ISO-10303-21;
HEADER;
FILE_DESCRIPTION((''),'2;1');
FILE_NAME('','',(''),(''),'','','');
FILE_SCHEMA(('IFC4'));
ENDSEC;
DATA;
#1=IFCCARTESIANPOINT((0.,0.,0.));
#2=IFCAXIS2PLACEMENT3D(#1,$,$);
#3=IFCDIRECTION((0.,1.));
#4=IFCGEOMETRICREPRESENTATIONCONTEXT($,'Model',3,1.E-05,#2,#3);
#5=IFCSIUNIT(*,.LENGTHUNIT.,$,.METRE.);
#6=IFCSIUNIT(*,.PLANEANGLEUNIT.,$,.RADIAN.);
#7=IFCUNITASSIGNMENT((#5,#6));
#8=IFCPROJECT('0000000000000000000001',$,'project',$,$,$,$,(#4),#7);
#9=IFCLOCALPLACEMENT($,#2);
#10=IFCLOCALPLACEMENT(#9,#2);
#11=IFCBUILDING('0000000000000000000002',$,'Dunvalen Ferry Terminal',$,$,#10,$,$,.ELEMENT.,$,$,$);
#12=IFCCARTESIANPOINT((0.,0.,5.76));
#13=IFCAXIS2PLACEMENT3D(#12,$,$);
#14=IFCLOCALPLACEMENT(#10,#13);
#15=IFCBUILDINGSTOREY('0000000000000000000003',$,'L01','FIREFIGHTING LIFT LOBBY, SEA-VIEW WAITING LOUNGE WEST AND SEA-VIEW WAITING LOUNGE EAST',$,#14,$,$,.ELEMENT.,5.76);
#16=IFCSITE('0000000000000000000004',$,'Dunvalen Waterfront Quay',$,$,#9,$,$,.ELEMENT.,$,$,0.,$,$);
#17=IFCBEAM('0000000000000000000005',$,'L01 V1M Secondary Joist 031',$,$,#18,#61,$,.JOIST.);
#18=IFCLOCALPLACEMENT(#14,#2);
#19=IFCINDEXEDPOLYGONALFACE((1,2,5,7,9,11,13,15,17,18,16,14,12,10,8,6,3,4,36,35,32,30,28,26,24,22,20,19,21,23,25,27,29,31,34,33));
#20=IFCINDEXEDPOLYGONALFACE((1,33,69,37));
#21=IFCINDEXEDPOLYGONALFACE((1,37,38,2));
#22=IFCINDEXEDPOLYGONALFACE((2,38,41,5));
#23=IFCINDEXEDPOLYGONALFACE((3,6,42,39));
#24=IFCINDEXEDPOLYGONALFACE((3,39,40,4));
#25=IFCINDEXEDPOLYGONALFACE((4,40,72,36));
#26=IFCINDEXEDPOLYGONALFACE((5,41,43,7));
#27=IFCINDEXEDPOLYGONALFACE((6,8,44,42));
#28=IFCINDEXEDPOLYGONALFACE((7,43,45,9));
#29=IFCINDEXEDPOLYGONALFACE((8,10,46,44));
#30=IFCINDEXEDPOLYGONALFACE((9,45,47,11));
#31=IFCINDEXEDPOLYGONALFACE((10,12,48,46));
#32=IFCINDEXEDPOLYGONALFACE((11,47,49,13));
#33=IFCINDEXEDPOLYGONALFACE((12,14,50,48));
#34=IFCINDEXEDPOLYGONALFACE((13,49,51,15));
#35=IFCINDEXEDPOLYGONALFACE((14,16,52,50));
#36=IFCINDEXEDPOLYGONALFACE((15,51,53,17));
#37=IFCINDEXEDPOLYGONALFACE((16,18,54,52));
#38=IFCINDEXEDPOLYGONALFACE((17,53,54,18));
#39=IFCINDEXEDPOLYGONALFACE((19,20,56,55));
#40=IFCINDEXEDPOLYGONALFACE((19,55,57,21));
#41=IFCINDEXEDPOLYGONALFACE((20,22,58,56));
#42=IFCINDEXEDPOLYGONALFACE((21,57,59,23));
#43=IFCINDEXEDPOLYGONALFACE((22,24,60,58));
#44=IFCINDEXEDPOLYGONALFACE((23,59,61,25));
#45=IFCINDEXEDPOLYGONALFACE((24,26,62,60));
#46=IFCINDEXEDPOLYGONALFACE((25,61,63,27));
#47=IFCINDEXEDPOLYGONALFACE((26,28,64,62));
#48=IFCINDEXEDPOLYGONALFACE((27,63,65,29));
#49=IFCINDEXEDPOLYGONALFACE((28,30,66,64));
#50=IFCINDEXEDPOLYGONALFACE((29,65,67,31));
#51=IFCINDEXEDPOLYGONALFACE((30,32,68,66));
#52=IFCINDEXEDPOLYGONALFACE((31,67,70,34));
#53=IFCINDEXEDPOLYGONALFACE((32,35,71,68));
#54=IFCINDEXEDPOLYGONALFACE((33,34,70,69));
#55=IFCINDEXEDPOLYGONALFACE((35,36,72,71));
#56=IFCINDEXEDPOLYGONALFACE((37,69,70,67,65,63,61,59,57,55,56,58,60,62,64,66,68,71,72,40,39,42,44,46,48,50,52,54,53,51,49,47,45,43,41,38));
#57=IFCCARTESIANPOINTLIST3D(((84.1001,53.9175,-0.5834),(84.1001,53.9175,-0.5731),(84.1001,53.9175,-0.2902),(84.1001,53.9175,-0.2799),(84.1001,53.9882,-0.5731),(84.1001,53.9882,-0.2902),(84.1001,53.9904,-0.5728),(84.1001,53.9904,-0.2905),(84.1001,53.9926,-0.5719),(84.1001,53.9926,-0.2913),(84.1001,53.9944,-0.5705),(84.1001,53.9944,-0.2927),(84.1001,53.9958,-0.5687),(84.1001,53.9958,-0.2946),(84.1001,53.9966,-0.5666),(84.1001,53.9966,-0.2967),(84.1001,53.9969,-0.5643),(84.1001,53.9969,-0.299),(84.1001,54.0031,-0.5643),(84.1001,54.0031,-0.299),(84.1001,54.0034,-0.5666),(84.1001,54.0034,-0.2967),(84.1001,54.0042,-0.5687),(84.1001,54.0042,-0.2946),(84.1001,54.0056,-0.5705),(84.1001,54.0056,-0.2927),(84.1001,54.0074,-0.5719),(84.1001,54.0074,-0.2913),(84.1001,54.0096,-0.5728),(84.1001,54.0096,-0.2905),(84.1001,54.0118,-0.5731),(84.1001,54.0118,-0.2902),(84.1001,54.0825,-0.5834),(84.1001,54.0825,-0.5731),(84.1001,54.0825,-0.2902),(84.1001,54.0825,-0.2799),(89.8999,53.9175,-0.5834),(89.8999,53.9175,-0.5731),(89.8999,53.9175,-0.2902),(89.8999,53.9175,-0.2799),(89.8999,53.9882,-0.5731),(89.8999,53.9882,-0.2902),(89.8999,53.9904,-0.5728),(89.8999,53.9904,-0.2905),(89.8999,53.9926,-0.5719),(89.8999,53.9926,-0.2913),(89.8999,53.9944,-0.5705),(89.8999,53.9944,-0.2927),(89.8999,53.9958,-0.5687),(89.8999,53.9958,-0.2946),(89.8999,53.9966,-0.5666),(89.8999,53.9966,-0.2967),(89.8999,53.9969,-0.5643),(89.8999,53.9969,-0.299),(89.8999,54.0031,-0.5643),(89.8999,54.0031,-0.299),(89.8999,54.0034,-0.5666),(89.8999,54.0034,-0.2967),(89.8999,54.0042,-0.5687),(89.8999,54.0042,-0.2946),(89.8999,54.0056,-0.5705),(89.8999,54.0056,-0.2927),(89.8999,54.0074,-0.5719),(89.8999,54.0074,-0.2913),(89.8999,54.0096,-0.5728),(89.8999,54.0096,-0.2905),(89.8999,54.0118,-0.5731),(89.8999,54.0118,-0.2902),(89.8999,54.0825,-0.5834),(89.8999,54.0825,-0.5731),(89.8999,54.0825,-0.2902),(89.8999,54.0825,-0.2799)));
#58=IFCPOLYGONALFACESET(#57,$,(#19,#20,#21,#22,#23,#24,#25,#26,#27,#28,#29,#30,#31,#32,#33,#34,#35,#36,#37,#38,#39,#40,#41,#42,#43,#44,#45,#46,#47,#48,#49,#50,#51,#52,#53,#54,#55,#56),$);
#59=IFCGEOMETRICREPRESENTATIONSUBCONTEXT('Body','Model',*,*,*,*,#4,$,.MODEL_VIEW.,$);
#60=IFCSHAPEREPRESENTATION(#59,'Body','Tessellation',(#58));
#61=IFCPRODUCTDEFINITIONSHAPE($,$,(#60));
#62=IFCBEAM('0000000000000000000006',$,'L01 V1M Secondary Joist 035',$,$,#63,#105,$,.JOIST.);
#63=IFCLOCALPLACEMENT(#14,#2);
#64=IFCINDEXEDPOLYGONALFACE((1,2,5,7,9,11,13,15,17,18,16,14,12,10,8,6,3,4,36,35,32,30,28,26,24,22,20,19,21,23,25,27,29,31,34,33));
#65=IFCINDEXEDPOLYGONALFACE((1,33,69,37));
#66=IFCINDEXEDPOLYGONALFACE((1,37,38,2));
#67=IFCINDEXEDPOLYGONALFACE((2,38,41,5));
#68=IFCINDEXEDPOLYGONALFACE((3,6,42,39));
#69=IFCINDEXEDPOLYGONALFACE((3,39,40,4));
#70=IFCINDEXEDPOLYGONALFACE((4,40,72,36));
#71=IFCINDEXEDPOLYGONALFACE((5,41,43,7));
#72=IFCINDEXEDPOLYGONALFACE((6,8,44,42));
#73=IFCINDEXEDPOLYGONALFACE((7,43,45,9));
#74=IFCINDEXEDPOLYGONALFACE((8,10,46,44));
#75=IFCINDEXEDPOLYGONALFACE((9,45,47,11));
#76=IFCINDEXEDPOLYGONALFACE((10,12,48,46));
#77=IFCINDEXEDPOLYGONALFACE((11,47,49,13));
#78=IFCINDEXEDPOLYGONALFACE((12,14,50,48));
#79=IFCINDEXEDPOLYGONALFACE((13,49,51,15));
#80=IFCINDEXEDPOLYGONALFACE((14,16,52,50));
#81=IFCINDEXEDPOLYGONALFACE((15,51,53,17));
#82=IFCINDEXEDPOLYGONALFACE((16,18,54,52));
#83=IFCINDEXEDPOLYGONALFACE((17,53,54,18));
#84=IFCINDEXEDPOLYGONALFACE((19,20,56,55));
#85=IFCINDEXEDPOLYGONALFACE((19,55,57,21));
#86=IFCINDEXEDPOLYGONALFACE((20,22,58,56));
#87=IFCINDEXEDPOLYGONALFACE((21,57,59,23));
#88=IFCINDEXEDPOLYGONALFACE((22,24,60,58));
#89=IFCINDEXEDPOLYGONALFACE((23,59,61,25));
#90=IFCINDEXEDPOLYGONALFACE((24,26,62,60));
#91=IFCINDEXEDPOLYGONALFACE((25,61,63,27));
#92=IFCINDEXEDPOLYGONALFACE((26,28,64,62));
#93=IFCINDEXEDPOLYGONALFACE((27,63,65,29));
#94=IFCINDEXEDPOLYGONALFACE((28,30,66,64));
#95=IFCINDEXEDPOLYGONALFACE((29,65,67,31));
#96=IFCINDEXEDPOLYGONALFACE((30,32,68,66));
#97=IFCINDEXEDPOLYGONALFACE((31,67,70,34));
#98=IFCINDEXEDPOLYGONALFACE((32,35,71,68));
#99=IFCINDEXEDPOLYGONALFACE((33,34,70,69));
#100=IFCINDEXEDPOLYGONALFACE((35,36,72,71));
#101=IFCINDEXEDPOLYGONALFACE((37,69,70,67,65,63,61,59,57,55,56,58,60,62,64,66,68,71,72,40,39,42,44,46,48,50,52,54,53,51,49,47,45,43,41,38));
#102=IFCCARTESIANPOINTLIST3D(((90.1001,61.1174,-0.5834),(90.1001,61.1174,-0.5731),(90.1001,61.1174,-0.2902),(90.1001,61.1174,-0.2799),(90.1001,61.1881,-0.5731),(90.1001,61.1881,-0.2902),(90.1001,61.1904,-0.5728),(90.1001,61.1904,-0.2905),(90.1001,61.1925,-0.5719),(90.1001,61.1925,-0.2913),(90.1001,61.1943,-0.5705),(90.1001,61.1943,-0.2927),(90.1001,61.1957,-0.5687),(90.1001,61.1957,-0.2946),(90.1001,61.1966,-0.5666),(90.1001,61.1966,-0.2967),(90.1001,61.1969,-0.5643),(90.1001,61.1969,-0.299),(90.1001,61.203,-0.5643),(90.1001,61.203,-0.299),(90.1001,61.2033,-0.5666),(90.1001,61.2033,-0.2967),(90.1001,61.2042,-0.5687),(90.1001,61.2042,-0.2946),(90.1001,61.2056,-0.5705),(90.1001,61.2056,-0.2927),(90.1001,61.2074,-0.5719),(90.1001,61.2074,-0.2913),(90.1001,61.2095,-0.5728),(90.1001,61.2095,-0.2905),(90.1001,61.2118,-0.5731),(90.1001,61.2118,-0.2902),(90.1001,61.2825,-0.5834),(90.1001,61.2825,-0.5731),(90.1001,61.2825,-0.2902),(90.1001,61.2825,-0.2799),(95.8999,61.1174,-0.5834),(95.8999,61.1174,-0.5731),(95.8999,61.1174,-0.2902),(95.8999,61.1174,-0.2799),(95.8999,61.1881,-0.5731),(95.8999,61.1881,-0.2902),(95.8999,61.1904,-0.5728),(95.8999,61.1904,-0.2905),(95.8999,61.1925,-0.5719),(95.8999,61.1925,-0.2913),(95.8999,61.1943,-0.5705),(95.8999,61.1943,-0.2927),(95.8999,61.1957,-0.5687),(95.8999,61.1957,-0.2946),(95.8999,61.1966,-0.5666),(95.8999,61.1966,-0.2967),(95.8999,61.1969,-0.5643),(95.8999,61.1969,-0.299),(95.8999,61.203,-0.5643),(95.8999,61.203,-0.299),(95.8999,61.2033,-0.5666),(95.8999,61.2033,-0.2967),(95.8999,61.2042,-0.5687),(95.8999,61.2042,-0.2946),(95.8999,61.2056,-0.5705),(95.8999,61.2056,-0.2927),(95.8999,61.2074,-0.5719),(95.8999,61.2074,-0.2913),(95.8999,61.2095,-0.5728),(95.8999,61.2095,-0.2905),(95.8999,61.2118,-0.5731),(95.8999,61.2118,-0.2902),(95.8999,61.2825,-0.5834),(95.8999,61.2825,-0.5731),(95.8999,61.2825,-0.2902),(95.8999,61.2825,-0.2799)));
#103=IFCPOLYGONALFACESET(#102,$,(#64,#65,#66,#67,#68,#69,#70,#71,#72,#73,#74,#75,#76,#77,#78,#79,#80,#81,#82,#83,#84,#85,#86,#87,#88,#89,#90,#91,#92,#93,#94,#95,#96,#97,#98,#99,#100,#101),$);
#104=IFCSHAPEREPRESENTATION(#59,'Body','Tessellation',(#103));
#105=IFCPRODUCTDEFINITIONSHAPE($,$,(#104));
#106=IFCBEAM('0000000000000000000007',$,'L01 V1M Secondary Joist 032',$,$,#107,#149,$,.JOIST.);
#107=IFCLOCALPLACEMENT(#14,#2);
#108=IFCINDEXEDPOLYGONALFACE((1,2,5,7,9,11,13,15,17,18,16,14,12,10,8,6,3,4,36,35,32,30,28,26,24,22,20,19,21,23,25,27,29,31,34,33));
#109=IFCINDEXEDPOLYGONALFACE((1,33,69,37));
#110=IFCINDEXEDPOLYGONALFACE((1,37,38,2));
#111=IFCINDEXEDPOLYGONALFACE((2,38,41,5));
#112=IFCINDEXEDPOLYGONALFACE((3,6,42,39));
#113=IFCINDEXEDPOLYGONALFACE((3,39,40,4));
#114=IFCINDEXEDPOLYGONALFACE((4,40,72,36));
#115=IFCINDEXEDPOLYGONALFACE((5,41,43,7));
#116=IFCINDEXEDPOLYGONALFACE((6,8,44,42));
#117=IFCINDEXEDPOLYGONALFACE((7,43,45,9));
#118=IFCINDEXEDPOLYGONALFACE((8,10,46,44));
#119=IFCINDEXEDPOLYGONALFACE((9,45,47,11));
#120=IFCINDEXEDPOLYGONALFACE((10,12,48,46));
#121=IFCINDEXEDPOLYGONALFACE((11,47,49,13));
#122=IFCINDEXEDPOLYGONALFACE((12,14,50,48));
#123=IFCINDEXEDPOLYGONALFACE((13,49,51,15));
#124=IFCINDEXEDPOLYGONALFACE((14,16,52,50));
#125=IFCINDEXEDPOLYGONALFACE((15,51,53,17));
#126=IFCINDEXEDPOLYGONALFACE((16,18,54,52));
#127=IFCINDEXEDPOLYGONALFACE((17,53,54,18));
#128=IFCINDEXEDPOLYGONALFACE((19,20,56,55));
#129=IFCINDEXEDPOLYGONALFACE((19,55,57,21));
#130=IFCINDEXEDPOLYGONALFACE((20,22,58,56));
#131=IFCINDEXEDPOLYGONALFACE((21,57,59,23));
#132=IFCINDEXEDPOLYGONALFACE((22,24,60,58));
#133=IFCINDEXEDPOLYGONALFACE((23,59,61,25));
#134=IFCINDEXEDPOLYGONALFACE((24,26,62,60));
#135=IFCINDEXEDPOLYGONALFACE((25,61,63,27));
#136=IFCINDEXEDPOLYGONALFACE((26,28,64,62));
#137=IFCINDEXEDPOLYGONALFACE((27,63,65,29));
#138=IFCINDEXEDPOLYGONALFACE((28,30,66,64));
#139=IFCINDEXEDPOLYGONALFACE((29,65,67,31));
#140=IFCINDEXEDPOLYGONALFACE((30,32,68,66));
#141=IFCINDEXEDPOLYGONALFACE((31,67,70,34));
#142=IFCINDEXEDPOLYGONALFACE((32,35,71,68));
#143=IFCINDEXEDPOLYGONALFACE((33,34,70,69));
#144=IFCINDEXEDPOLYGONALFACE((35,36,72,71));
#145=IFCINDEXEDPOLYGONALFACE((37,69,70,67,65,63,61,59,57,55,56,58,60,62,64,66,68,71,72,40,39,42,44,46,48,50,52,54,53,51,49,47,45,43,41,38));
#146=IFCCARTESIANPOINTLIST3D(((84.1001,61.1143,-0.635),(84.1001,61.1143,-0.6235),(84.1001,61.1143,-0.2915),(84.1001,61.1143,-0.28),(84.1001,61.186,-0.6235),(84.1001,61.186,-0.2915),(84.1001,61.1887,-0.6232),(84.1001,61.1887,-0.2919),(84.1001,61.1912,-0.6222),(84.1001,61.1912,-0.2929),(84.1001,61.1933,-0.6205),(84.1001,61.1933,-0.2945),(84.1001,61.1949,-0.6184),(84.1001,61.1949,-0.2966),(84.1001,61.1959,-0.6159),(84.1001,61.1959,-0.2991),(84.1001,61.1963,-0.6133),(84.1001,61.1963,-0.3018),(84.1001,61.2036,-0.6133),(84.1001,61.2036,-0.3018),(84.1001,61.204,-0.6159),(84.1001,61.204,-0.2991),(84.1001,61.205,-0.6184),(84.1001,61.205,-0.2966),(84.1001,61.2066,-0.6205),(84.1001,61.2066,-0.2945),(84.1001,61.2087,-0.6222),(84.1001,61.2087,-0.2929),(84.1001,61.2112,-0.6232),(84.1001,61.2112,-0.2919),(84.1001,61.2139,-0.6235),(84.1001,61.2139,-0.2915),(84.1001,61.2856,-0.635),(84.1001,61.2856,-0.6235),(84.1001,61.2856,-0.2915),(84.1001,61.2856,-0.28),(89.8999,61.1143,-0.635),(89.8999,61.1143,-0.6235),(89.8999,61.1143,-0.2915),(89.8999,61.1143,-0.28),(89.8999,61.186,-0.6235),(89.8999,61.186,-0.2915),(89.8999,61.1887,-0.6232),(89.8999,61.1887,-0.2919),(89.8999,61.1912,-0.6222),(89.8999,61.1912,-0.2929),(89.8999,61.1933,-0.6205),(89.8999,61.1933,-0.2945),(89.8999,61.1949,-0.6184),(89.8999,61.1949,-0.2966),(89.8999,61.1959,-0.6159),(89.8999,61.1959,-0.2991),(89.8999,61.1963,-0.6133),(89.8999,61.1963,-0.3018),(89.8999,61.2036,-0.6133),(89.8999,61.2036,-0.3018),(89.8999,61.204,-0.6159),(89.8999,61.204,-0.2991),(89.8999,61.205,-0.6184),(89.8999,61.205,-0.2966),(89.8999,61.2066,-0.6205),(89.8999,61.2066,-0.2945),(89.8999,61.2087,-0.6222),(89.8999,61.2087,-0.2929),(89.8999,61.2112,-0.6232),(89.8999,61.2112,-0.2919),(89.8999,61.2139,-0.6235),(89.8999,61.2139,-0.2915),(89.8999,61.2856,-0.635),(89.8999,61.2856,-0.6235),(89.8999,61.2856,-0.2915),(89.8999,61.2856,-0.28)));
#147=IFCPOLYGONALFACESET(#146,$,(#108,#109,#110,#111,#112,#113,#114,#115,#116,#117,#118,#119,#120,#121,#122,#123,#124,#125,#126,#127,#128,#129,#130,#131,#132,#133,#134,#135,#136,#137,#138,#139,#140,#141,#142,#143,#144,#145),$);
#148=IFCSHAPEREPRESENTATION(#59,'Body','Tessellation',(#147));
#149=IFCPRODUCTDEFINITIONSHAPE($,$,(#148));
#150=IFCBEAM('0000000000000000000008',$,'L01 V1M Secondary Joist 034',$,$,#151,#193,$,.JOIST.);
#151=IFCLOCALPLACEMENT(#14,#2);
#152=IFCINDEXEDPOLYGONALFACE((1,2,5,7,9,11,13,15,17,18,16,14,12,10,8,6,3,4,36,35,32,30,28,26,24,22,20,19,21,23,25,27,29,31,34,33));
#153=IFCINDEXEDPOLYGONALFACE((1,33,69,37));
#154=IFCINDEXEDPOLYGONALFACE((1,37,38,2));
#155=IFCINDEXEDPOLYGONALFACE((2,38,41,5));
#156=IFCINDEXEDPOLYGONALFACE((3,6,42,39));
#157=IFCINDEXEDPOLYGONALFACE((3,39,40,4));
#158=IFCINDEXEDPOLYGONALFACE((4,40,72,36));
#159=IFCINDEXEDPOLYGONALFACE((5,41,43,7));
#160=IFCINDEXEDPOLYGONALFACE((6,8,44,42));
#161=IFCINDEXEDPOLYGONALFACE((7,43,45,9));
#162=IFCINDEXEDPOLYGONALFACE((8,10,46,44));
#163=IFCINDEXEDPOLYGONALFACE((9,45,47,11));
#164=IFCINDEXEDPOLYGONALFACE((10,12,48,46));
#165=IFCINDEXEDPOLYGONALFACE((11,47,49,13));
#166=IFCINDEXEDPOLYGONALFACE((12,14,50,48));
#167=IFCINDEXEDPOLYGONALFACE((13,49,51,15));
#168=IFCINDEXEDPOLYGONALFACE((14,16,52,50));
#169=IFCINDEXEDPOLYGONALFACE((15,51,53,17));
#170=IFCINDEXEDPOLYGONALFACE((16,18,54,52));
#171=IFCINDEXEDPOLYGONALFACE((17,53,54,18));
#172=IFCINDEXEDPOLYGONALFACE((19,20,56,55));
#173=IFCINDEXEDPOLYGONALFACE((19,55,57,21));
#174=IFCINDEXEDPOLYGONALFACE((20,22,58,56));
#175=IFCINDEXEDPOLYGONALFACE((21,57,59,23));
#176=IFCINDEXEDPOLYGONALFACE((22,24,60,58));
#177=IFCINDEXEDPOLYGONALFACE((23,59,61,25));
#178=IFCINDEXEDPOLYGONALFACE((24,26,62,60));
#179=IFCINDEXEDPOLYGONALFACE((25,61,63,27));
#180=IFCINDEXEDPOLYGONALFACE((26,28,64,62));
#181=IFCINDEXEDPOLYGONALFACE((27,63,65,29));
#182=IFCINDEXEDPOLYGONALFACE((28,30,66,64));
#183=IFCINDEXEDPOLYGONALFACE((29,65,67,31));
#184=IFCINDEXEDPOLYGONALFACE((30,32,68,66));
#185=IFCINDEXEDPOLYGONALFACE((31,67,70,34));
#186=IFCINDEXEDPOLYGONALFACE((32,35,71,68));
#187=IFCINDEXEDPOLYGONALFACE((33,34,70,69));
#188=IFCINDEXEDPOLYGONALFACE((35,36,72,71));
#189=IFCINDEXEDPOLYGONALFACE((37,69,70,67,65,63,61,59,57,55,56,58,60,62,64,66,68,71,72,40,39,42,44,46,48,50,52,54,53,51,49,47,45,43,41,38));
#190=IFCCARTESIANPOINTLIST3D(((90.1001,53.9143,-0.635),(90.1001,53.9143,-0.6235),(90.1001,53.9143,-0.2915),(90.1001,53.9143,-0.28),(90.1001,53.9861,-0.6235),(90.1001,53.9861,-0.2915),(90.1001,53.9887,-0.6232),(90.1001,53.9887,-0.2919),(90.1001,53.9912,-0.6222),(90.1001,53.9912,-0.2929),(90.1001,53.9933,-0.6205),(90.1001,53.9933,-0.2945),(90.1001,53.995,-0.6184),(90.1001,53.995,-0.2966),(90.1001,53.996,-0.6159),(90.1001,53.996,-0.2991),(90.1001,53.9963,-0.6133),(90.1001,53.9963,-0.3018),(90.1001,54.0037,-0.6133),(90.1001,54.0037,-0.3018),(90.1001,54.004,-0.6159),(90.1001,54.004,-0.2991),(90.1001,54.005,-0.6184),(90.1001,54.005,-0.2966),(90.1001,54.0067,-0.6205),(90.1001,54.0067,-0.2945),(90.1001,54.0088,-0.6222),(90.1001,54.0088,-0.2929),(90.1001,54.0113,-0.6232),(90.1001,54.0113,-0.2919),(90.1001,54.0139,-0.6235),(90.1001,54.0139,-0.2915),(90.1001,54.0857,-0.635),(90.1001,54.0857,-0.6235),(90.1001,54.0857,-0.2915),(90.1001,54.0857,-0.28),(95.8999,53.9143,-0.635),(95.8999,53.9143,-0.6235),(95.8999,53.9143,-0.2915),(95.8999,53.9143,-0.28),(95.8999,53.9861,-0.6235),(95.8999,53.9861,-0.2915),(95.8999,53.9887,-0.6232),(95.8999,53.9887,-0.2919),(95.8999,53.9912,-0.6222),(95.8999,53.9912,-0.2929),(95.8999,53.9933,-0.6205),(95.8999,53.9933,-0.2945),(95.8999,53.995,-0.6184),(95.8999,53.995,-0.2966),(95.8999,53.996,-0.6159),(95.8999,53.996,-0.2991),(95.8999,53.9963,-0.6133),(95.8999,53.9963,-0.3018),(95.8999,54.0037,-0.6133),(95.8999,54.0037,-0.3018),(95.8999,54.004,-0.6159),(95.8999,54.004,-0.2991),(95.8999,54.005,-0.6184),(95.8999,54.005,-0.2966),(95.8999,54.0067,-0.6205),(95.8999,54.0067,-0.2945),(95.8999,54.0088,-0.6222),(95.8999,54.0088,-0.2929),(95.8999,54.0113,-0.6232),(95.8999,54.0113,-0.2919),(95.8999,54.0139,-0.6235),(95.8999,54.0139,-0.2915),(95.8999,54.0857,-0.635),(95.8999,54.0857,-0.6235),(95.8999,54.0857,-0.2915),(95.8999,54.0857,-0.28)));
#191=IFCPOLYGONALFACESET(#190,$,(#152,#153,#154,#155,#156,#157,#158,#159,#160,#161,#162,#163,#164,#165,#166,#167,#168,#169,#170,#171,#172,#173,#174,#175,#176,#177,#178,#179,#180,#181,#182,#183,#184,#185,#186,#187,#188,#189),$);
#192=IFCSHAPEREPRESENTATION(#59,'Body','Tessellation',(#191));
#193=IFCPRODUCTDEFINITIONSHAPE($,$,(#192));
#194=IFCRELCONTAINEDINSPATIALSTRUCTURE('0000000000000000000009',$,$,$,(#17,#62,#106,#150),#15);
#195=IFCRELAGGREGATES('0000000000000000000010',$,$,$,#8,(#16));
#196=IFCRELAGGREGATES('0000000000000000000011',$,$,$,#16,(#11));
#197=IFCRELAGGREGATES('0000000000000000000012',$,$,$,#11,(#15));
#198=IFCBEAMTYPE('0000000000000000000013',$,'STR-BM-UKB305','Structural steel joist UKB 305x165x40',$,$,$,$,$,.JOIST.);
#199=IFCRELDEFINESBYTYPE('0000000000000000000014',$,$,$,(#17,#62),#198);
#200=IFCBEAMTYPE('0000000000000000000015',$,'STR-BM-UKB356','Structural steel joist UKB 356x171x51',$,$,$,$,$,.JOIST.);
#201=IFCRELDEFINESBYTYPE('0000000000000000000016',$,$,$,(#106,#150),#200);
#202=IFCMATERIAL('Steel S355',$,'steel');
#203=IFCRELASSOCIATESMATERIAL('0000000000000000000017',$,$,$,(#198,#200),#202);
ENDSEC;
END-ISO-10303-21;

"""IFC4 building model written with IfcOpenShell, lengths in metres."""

from ifc_helpers import new_model, si_unit, direction, frame, origin, origin_2d, place, context, subcontext, project, spatial, i_section, extrude, material, material_profile, profile_set, type_object, element, save


model = new_model("IFC4")

# Units and contexts
model_context = context("Model", 3, precision=1e-05, world=origin(), true_north=direction((0.0, 1.0)))
body_context = subcontext(model_context, "Body", "Model", "MODEL_VIEW")
ifc_project = project(units=[si_unit("LENGTHUNIT", "METRE"), si_unit("PLANEANGLEUNIT", "RADIAN")], contexts=[model_context])

# Site, building, storey
site_placement = place(None, origin())
site = spatial("IfcSite", under=ifc_project, at=site_placement, Name="Dunvalen Waterfront Quay", CompositionType="ELEMENT", RefElevation=0.0)
building_placement = place(site_placement, origin())
building = spatial("IfcBuilding", under=site, at=building_placement, Name="Dunvalen Ferry Terminal", CompositionType="ELEMENT")
storey_placement = place(building_placement, frame((0.0, 0.0, 5.76)))
storey = spatial("IfcBuildingStorey", under=building, at=storey_placement, Name="L01", Description="FIREFIGHTING LIFT LOBBY, SEA-VIEW WAITING LOUNGE WEST AND SEA-VIEW WAITING LOUNGE EAST", CompositionType="ELEMENT", Elevation=5.76)

# Beams
ifc_material_1 = material(Name="Steel S355", Category="steel")
ifc_material_profile_1 = material_profile(ifc_material_1, i_section(OverallWidth=0.165, OverallDepth=0.3035, WebThickness=0.0061, FlangeThickness=0.0103, FilletRadius=0.0088, at=origin_2d()), Name="Steel S355")
ifc_profile_set_1 = profile_set([ifc_material_profile_1], Name="Steel S355")
beam_type_1 = type_object("IfcBeamType", Name="STR-BM-UKB305", Description="Structural steel joist UKB 305x165x40", PredefinedType="JOIST", material=ifc_profile_set_1)
for number, where, z_axis, x_axis, name in (
    (1, (84.1001, 54.0, -0.4316), (1.0, 0.0, 0.0), (0.0, 1.0, 0.0), "L01 V1M Secondary Joist 031"),
    (2, (90.1001, 61.2, -0.4316), (1.0, 0.0, 0.0), (0.0, 1.0, 0.0), "L01 V1M Secondary Joist 035"),
):
    element("IfcBeam", number, at=place(storey_placement, frame(where, z_axis=z_axis, x_axis=x_axis)), inside=storey, type_object=beam_type_1, Name=name, PredefinedType="JOIST", context=body_context, shape_type="SweptSolid", body=[
        extrude(i_section(OverallWidth=0.165, OverallDepth=0.3035, WebThickness=0.0061, FlangeThickness=0.0103, FilletRadius=0.0088, at=origin_2d()), origin(), (0.0, 0.0, 1.0), 5.7998),
    ])
ifc_material_profile_2 = material_profile(ifc_material_1, i_section(OverallWidth=0.1714, OverallDepth=0.355, WebThickness=0.0073, FlangeThickness=0.0115, FilletRadius=0.0103, at=origin_2d()), Name="Steel S355")
ifc_profile_set_2 = profile_set([ifc_material_profile_2], Name="Steel S355")
beam_type_2 = type_object("IfcBeamType", Name="STR-BM-UKB356", Description="Structural steel joist UKB 356x171x51", PredefinedType="JOIST", material=ifc_profile_set_2)
for number, where, z_axis, x_axis, name in (
    (3, (84.1001, 61.2, -0.4575), (1.0, 0.0, 0.0), (0.0, 1.0, 0.0), "L01 V1M Secondary Joist 032"),
    (4, (90.1001, 54.0, -0.4575), (1.0, 0.0, 0.0), (0.0, 1.0, 0.0), "L01 V1M Secondary Joist 034"),
):
    element("IfcBeam", number, at=place(storey_placement, frame(where, z_axis=z_axis, x_axis=x_axis)), inside=storey, type_object=beam_type_2, Name=name, PredefinedType="JOIST", context=body_context, shape_type="SweptSolid", body=[
        extrude(i_section(OverallWidth=0.1714, OverallDepth=0.355, WebThickness=0.0073, FlangeThickness=0.0115, FilletRadius=0.0103, at=origin_2d()), origin(), (0.0, 0.0, 1.0), 5.7998),
    ])

save(model, "model.ifc")
